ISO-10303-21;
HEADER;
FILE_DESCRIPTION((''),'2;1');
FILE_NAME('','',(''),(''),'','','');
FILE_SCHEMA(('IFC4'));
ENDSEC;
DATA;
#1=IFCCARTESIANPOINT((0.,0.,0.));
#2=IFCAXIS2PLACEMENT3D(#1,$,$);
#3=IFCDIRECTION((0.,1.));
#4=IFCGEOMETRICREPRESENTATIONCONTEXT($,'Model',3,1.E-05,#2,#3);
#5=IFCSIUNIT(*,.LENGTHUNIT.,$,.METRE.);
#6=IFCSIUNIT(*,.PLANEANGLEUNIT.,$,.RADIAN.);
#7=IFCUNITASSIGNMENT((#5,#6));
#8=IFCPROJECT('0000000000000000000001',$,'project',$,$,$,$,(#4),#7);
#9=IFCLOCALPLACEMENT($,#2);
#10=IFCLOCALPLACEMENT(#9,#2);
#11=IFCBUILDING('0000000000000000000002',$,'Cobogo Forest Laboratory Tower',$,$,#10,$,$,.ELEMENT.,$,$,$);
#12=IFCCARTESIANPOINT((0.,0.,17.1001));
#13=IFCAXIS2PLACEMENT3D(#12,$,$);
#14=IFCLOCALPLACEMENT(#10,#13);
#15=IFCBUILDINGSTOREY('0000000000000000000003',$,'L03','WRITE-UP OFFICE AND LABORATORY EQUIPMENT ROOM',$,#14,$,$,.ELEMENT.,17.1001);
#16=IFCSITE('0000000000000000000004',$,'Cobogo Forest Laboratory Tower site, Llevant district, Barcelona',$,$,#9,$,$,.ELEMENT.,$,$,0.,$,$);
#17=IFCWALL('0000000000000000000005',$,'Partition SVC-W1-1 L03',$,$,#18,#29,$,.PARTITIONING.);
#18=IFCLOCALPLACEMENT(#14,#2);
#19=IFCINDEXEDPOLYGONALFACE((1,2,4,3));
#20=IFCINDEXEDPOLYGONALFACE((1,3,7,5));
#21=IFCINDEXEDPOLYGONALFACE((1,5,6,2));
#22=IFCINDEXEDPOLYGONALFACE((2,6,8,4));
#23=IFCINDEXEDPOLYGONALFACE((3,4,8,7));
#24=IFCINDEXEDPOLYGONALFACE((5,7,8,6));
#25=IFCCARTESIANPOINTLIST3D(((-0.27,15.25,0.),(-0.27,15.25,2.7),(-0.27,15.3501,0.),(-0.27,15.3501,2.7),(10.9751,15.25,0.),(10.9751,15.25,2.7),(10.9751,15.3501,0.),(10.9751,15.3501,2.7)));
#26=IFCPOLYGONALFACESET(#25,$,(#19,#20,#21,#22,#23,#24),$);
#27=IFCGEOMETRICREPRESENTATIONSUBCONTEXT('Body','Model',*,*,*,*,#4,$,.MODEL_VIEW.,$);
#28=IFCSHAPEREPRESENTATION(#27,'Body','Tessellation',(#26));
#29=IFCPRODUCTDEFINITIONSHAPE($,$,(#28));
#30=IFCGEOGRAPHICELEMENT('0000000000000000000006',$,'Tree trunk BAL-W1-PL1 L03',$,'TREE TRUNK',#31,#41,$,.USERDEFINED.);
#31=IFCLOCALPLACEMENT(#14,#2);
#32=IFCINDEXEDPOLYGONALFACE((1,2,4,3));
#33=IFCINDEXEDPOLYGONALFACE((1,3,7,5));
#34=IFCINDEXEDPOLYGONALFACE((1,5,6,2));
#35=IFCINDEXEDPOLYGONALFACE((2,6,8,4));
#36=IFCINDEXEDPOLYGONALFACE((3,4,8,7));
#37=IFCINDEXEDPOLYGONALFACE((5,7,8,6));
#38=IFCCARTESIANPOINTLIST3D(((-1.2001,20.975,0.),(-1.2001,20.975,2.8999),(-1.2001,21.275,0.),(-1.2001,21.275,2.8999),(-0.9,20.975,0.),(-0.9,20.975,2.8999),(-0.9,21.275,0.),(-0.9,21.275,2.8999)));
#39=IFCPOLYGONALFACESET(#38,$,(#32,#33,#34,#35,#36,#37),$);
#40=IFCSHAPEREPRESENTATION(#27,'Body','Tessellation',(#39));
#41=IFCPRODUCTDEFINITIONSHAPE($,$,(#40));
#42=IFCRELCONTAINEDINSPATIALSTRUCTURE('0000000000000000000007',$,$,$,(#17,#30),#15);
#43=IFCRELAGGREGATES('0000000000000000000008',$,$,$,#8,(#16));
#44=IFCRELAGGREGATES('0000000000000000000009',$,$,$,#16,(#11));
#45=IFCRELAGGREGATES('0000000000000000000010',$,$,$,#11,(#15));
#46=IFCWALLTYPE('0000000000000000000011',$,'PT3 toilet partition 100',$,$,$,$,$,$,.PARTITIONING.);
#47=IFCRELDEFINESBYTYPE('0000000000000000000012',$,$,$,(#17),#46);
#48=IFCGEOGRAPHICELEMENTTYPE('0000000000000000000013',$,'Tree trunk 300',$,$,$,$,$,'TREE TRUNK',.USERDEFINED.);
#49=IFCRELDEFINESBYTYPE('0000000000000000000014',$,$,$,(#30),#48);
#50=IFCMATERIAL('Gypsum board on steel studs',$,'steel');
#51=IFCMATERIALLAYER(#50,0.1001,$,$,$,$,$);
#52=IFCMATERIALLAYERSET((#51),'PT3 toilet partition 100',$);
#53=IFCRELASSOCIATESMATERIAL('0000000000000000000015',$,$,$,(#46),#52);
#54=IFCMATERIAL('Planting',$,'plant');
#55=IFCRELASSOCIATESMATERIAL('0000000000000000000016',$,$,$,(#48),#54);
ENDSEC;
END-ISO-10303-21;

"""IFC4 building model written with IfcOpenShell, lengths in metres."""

from ifc_helpers import new_model, si_unit, direction, frame, frame_2d, origin, origin_2d, place, context, subcontext, project, spatial, rectangle, extrude, material, layer, layer_set, type_object, element, save


model = new_model("IFC4")

# Units and contexts
model_context = context("Model", 3, precision=1e-05, world=origin(), true_north=direction((0.0, 1.0)))
body_context = subcontext(model_context, "Body", "Model", "MODEL_VIEW")
ifc_project = project(units=[si_unit("LENGTHUNIT", "METRE"), si_unit("PLANEANGLEUNIT", "RADIAN")], contexts=[model_context])

# Site, building, storey
site_placement = place(None, origin())
site = spatial("IfcSite", under=ifc_project, at=site_placement, Name="Cobogo Forest Laboratory Tower site, Llevant district, Barcelona", CompositionType="ELEMENT", RefElevation=0.0)
building_placement = place(site_placement, origin())
building = spatial("IfcBuilding", under=site, at=building_placement, Name="Cobogo Forest Laboratory Tower", CompositionType="ELEMENT")
storey_placement = place(building_placement, frame((0.0, 0.0, 17.1001)))
storey = spatial("IfcBuildingStorey", under=building, at=storey_placement, Name="L03", Description="WRITE-UP OFFICE AND LABORATORY EQUIPMENT ROOM", CompositionType="ELEMENT", Elevation=17.1001)

# Wall
ifc_material_1 = material(Name="Gypsum board on steel studs", Category="steel")
ifc_layer_1 = layer(ifc_material_1, 0.1001)
ifc_layer_set_1 = layer_set([ifc_layer_1], Name="PT3 toilet partition 100")
wall_type = type_object("IfcWallType", Name="PT3 toilet partition 100", PredefinedType="PARTITIONING", material=ifc_layer_set_1)
wall_placement = place(storey_placement, frame((-0.27, 15.3, 0.0), z_axis=(0.0, 0.0, 1.0), x_axis=(1.0, 0.0, 0.0)))
element("IfcWall", 1, at=wall_placement, inside=storey, type_object=wall_type, Name="Partition SVC-W1-1 L03", PredefinedType="PARTITIONING", context=body_context, shape_type="SweptSolid", body=[
    extrude(rectangle(XDim=11.2451, YDim=0.1001, at=frame_2d((5.6226, 0.0))), origin(), (0.0, 0.0, 1.0), 2.7),
])

# Geographic element
ifc_material_2 = material(Name="Planting", Category="plant")
geographic_element_type = type_object("IfcGeographicElementType", Name="Tree trunk 300", ElementType="TREE TRUNK", PredefinedType="USERDEFINED", material=ifc_material_2)
geographic_element_placement = place(storey_placement, frame((-1.05, 21.125, 0.0), z_axis=(0.0, 0.0, 1.0), x_axis=(1.0, 0.0, 0.0)))
element("IfcGeographicElement", 2, at=geographic_element_placement, inside=storey, type_object=geographic_element_type, Name="Tree trunk BAL-W1-PL1 L03", ObjectType="TREE TRUNK", PredefinedType="USERDEFINED", context=body_context, shape_type="SweptSolid", body=[
    extrude(rectangle(XDim=0.3, YDim=0.3, at=origin_2d()), origin(), (0.0, 0.0, 1.0), 2.8999),
])

save(model, "model.ifc")
